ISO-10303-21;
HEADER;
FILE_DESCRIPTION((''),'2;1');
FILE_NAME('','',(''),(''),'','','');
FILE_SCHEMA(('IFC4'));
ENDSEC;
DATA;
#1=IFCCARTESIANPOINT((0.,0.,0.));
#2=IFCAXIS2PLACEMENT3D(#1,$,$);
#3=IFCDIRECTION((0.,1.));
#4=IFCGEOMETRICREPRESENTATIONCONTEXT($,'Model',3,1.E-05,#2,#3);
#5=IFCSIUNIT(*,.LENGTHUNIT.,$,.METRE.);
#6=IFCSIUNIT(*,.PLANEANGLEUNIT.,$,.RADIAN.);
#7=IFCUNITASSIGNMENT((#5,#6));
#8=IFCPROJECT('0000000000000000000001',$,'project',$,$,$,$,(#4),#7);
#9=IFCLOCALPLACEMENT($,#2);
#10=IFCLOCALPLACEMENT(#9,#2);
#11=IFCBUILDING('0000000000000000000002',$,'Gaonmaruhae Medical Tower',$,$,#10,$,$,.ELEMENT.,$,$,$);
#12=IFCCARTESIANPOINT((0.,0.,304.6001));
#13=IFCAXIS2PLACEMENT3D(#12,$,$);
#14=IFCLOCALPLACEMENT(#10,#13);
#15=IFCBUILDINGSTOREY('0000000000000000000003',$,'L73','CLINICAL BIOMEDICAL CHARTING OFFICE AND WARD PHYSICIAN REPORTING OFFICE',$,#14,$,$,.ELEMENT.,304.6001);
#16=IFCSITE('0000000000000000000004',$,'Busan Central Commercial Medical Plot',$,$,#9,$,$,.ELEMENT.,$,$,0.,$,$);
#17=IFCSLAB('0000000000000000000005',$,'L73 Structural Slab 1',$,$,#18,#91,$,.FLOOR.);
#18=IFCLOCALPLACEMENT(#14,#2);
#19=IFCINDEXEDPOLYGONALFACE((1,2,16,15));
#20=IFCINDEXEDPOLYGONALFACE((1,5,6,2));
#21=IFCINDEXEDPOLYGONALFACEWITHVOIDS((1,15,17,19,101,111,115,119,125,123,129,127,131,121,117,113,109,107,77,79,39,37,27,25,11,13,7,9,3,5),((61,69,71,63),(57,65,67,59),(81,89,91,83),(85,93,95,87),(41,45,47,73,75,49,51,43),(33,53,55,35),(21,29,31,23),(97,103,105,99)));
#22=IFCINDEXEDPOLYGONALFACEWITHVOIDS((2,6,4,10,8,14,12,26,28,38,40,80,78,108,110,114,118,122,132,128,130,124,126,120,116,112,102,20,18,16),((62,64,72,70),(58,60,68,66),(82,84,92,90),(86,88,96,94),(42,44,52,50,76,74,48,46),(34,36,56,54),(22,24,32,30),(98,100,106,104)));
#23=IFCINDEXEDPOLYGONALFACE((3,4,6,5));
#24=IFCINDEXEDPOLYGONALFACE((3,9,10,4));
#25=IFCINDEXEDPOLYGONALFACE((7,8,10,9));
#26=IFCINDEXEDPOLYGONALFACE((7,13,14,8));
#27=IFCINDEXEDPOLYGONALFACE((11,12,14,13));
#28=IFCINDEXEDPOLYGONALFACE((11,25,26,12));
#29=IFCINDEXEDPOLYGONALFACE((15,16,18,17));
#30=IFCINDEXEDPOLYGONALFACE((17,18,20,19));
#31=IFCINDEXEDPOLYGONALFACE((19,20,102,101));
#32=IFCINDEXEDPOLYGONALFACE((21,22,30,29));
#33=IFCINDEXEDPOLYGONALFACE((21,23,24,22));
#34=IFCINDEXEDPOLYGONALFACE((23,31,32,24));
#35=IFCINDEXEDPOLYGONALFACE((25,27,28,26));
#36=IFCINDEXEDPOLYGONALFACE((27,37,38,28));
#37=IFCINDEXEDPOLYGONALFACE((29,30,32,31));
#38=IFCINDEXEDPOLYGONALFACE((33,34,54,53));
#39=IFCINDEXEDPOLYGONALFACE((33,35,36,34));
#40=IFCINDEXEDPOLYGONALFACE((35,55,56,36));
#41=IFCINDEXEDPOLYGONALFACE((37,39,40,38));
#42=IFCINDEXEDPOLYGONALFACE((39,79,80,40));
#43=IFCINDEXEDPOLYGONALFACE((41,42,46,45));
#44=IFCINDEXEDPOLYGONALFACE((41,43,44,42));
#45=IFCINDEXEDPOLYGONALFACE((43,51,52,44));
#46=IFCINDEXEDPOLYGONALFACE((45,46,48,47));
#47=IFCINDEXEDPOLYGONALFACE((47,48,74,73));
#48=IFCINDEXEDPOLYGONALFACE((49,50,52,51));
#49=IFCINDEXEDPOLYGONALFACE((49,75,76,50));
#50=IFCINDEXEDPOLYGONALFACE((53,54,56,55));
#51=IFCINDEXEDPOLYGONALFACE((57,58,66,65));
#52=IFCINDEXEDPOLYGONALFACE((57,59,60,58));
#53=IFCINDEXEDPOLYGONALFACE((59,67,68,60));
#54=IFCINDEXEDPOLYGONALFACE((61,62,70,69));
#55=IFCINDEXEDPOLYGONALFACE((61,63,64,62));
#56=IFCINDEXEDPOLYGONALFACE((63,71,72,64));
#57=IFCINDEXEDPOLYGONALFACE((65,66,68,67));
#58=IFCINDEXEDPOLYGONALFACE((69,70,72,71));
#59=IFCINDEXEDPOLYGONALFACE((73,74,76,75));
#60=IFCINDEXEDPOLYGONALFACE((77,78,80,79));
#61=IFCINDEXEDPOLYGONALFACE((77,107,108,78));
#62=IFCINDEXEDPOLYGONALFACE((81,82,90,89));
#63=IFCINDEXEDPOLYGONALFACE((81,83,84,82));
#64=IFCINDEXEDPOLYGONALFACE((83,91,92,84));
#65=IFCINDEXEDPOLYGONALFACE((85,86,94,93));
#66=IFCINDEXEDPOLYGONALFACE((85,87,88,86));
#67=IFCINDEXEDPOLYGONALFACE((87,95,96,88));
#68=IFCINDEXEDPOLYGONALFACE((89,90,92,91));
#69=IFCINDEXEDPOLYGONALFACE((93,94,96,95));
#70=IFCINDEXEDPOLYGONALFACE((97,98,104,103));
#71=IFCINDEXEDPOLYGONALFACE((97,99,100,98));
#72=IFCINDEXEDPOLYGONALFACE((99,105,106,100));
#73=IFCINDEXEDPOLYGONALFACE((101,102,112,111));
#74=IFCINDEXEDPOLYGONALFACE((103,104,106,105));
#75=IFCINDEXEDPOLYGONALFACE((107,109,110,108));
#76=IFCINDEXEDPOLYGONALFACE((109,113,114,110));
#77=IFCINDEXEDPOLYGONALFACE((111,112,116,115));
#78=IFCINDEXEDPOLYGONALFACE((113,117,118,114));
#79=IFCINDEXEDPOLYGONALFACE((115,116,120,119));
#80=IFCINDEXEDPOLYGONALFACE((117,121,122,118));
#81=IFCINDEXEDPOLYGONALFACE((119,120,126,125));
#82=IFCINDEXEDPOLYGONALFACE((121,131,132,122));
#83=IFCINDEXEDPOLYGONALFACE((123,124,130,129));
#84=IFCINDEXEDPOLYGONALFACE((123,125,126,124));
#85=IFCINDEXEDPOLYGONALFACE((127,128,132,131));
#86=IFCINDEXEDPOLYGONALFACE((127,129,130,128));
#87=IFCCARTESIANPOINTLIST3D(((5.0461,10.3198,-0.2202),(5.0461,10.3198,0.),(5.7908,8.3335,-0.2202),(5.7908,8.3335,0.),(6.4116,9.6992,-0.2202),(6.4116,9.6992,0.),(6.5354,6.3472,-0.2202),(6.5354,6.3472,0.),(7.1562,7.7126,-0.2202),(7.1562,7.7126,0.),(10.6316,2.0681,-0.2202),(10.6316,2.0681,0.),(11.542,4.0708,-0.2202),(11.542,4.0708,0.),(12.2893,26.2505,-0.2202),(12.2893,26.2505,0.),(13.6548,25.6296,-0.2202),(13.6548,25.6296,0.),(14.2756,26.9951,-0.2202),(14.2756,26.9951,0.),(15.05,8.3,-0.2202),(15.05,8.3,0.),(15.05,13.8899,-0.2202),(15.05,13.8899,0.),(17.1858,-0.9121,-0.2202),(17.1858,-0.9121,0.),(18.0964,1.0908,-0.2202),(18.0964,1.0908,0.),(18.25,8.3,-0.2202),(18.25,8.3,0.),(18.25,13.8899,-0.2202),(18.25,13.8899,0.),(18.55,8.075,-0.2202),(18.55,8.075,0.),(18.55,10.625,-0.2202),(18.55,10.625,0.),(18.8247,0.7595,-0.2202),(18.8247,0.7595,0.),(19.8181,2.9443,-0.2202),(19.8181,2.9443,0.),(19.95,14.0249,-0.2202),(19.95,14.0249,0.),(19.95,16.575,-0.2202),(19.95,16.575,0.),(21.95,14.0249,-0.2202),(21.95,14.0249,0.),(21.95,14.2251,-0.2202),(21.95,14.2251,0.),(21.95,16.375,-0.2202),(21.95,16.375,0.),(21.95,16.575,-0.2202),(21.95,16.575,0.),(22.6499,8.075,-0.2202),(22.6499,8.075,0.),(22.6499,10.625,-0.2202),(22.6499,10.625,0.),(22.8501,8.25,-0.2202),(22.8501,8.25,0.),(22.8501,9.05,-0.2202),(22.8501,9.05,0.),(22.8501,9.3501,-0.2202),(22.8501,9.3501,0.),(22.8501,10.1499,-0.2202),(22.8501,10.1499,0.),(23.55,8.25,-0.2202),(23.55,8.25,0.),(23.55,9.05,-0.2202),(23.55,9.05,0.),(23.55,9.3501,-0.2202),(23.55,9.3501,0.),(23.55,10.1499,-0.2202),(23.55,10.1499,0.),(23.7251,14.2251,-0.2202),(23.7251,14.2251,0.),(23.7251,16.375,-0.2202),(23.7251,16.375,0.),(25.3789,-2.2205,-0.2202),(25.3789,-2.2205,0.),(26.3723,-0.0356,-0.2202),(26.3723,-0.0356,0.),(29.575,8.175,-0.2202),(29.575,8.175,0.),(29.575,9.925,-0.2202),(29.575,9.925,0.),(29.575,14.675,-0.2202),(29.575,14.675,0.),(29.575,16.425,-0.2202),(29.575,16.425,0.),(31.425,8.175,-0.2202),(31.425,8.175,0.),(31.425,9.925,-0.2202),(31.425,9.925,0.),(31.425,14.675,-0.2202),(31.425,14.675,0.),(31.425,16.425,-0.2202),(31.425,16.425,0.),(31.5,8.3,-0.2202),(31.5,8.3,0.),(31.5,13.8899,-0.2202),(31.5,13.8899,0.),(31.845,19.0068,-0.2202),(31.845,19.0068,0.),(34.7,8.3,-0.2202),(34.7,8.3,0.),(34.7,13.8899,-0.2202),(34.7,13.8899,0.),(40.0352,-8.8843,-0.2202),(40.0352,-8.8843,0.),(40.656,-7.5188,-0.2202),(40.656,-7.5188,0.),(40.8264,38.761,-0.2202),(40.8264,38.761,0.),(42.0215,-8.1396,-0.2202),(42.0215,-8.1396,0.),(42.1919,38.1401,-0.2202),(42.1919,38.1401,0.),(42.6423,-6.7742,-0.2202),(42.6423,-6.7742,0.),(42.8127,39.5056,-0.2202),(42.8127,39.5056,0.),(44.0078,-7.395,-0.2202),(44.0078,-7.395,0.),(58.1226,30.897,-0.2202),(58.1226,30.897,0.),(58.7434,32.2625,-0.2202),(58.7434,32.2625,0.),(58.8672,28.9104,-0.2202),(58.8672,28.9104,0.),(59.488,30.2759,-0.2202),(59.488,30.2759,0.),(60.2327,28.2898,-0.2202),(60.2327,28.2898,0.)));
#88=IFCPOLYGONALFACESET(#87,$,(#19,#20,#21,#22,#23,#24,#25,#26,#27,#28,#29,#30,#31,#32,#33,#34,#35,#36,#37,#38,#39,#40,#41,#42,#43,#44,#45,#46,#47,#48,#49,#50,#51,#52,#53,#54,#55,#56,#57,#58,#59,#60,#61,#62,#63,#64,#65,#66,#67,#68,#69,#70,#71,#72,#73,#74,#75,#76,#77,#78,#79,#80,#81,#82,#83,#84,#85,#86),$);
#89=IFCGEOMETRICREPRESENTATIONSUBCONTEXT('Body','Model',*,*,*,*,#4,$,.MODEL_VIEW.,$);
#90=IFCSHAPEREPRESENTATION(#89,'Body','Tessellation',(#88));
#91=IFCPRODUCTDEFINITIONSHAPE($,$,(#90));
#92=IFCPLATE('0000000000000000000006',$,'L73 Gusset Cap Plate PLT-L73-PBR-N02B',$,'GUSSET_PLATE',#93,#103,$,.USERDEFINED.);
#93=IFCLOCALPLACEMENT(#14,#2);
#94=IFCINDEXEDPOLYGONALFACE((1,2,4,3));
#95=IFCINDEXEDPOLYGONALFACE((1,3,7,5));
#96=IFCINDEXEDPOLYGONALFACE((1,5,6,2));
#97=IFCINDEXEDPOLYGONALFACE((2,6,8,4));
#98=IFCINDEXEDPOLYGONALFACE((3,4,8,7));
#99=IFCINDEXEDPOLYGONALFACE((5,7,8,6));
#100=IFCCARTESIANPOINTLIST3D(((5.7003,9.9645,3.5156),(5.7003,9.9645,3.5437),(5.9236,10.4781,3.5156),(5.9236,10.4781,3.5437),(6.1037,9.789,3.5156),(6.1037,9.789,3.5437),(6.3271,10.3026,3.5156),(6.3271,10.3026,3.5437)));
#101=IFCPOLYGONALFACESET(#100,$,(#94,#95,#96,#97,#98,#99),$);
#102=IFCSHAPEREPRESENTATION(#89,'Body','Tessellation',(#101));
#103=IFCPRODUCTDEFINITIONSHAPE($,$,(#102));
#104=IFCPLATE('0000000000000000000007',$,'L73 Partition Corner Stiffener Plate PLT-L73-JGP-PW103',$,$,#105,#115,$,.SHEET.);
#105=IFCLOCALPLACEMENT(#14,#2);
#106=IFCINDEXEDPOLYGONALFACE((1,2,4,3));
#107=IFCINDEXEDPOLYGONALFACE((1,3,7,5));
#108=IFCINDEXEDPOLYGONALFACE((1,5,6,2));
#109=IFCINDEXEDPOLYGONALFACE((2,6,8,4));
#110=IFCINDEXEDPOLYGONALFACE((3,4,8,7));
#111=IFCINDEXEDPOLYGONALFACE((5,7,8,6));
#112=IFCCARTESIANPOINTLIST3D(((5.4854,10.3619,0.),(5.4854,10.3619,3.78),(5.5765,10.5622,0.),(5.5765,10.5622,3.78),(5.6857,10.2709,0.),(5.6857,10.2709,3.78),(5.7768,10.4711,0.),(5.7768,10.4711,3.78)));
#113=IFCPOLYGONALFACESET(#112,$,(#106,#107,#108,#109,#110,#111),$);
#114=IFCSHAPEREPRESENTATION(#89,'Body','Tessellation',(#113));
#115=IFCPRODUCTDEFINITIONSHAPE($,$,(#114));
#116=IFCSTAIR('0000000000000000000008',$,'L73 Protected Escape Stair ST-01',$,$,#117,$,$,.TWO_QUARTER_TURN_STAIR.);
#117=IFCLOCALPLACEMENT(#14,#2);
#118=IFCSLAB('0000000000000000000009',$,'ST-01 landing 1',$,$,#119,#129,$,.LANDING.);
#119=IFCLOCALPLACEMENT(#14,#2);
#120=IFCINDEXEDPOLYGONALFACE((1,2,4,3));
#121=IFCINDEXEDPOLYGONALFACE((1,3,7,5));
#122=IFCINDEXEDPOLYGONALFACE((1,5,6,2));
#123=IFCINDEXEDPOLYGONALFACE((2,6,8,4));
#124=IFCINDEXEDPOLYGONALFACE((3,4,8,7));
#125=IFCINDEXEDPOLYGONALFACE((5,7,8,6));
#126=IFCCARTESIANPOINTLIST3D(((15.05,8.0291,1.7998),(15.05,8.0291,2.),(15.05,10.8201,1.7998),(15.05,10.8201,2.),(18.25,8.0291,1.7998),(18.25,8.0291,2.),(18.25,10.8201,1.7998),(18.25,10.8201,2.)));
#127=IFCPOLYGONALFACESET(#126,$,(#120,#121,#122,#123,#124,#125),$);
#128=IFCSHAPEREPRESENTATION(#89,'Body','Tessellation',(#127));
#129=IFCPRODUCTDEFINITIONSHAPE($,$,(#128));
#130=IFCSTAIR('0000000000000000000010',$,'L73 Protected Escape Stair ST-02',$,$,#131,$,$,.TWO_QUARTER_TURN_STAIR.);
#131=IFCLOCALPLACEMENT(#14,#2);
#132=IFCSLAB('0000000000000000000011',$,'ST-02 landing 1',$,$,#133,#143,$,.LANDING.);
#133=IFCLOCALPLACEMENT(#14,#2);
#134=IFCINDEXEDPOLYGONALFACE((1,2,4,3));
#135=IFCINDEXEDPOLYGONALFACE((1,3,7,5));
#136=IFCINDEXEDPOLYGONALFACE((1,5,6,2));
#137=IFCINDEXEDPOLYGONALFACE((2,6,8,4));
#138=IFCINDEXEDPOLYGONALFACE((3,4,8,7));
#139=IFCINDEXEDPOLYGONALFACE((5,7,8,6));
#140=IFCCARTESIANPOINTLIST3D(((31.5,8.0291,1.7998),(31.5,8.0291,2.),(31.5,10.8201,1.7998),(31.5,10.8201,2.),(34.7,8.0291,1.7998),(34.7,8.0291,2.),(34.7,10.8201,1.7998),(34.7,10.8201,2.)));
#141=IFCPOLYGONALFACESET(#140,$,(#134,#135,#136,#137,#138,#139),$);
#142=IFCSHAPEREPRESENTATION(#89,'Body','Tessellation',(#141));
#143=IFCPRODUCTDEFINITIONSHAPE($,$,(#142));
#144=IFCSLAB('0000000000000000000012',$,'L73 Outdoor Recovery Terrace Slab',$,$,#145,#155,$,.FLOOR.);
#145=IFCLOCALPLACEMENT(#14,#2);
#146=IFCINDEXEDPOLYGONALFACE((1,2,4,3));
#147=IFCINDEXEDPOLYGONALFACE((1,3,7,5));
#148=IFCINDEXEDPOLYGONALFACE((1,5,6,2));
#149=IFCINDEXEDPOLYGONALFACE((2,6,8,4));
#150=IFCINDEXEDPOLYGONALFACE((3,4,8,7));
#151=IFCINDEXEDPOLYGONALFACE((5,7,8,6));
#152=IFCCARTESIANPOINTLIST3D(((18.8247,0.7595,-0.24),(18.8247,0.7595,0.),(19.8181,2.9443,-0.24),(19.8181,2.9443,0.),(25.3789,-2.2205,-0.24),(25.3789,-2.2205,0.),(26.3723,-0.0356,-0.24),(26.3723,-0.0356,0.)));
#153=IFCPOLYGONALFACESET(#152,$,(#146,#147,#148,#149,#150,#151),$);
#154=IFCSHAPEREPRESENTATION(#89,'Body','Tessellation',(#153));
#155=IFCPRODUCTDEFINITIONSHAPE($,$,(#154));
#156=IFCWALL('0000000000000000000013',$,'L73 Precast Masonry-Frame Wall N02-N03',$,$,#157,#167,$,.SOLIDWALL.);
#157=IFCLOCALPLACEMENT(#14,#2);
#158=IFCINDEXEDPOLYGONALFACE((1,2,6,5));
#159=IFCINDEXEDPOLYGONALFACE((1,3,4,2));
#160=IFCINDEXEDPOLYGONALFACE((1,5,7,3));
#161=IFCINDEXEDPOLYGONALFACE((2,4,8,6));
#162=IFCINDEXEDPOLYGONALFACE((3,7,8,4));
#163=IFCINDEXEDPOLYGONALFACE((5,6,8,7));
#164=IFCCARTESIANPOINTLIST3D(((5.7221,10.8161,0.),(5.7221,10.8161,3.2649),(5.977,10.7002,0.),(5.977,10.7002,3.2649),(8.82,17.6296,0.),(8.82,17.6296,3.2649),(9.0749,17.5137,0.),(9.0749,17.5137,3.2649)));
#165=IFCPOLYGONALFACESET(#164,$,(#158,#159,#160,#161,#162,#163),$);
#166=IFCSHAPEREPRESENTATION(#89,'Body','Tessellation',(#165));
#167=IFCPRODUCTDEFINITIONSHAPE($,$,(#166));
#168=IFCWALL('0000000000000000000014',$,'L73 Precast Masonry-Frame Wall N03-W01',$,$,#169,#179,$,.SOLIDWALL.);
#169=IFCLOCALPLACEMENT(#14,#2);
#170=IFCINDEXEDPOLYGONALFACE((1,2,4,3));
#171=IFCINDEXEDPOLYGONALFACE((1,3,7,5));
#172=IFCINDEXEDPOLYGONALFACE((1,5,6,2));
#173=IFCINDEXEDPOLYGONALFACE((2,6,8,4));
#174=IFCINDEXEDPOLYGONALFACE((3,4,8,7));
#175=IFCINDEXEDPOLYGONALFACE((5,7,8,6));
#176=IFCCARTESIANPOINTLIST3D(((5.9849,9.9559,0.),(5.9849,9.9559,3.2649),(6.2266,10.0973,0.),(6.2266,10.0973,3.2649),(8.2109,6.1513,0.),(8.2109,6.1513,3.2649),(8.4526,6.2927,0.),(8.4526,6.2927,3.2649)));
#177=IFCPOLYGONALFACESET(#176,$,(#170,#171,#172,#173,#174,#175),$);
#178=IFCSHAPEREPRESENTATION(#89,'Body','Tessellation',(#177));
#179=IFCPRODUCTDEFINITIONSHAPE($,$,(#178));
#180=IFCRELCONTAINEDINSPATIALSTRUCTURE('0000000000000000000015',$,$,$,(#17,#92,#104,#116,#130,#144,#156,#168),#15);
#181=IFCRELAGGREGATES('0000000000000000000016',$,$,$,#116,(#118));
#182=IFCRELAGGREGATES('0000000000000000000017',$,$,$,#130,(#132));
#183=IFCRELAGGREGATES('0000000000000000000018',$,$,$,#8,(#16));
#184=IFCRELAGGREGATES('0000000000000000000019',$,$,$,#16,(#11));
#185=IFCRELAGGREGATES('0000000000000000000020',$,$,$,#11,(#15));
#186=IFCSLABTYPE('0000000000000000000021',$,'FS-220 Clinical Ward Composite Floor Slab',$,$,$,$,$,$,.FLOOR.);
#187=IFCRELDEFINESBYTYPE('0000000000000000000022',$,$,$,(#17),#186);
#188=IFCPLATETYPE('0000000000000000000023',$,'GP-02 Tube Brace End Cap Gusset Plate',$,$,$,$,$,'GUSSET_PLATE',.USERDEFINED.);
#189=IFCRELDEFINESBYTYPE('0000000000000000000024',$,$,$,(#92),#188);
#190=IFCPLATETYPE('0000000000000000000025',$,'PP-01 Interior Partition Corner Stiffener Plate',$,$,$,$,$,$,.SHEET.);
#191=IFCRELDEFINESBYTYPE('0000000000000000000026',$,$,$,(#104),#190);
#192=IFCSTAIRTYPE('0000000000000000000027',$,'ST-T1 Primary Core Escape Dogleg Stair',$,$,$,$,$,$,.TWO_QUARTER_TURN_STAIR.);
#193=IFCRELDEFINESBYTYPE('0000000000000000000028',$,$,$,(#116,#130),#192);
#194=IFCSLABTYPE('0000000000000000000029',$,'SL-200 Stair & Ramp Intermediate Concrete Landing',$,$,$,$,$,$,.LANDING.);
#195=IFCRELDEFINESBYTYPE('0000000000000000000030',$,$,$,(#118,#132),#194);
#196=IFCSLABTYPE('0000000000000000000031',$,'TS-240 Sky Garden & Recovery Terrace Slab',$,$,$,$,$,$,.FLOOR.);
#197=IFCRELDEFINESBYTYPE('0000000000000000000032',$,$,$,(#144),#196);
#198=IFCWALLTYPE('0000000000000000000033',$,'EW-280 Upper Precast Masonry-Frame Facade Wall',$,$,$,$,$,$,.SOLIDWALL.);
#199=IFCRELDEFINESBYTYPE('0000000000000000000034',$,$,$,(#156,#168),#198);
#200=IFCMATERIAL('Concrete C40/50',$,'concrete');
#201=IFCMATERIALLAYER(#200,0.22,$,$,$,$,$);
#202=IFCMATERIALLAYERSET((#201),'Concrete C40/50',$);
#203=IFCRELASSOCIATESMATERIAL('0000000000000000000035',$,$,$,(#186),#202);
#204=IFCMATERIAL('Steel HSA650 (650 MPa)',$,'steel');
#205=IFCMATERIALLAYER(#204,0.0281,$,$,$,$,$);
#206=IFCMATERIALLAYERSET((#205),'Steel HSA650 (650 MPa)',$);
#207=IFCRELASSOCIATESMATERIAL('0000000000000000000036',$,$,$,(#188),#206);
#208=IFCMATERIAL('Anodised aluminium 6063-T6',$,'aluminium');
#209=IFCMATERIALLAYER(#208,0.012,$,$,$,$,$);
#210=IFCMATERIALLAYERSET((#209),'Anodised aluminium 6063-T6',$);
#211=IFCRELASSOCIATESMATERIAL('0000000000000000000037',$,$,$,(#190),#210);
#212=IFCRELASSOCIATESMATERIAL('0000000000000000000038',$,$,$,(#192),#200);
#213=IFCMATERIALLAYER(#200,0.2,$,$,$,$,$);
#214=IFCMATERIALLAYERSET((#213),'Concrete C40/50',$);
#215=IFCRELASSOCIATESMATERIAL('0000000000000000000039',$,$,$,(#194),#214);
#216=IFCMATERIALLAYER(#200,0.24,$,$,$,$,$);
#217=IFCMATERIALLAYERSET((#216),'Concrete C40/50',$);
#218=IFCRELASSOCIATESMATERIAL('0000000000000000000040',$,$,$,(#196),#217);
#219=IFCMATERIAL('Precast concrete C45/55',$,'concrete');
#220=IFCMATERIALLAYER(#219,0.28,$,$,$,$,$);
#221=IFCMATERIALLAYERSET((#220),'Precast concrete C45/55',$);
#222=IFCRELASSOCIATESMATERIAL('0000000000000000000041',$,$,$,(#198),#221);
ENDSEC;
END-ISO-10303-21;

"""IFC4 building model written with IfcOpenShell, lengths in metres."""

from ifc_helpers import new_model, si_unit, direction, frame, frame_2d, origin, origin_2d, place, context, subcontext, project, spatial, polyline, rectangle, outline, extrude, material, layer, layer_set, type_object, element, aggregate, save


model = new_model("IFC4")

# Units and contexts
model_context = context("Model", 3, precision=1e-05, world=origin(), true_north=direction((0.0, 1.0)))
body_context = subcontext(model_context, "Body", "Model", "MODEL_VIEW")
ifc_project = project(units=[si_unit("LENGTHUNIT", "METRE"), si_unit("PLANEANGLEUNIT", "RADIAN")], contexts=[model_context])

# Site, building, storey
site_placement = place(None, origin())
site = spatial("IfcSite", under=ifc_project, at=site_placement, Name="Busan Central Commercial Medical Plot", CompositionType="ELEMENT", RefElevation=0.0)
building_placement = place(site_placement, origin())
building = spatial("IfcBuilding", under=site, at=building_placement, Name="Gaonmaruhae Medical Tower", CompositionType="ELEMENT")
storey_placement = place(building_placement, frame((0.0, 0.0, 304.6001)))
storey = spatial("IfcBuildingStorey", under=building, at=storey_placement, Name="L73", Description="CLINICAL BIOMEDICAL CHARTING OFFICE AND WARD PHYSICIAN REPORTING OFFICE", CompositionType="ELEMENT", Elevation=304.6001)

# Slab
ifc_material_1 = material(Name="Concrete C40/50", Category="concrete")
ifc_layer_1 = layer(ifc_material_1, 0.22)
ifc_layer_set_1 = layer_set([ifc_layer_1], Name="Concrete C40/50")
slab_type_1 = type_object("IfcSlabType", Name="FS-220 Clinical Ward Composite Floor Slab", PredefinedType="FLOOR", material=ifc_layer_set_1)
slab_1_placement = place(storey_placement, frame((0.0, 0.0, -0.2202)))
element("IfcSlab", 1, at=slab_1_placement, inside=storey, type_object=slab_type_1, Name="L73 Structural Slab 1", PredefinedType="FLOOR", context=body_context, shape_type="SweptSolid", body=[
    extrude(outline(polyline([(7.1562, 7.7126), (5.7908, 8.3335), (6.4116, 9.6992), (5.0461, 10.3198), (12.2893, 26.2505), (13.6548, 25.6296), (14.2756, 26.9951), (31.845, 19.0068), (40.8264, 38.761), (42.1919, 38.1401), (42.8127, 39.5056), (58.7434, 32.2625), (58.1226, 30.897), (59.488, 30.2759), (58.8672, 28.9104), (60.2327, 28.2898), (44.0078, -7.395), (42.6423, -6.7742), (42.0215, -8.1396), (40.656, -7.5188), (40.0352, -8.8843), (25.3789, -2.2205), (26.3723, -0.0356), (19.8181, 2.9443), (18.8247, 0.7595), (18.0964, 1.0908), (17.1858, -0.9121), (10.6316, 2.0681), (11.542, 4.0708), (6.5354, 6.3472), (7.1562, 7.7126)]), holes=[polyline([(23.55, 8.25), (22.8501, 8.25), (22.8501, 9.05), (23.55, 9.05), (23.55, 8.25)]), polyline([(29.575, 9.925), (31.425, 9.925), (31.425, 8.175), (29.575, 8.175), (29.575, 9.925)]), polyline([(18.55, 10.625), (22.6499, 10.625), (22.6499, 8.075), (18.55, 8.075), (18.55, 10.625)]), polyline([(23.55, 9.3501), (22.8501, 9.3501), (22.8501, 10.1499), (23.55, 10.1499), (23.55, 9.3501)]), polyline([(15.05, 13.8899), (18.25, 13.8899), (18.25, 8.3), (15.05, 8.3), (15.05, 13.8899)]), polyline([(31.5, 13.8899), (34.7, 13.8899), (34.7, 8.3), (31.5, 8.3), (31.5, 13.8899)]), polyline([(23.7251, 14.2251), (21.95, 14.2251), (21.95, 14.0249), (19.95, 14.0249), (19.95, 16.575), (21.95, 16.575), (21.95, 16.375), (23.7251, 16.375), (23.7251, 14.2251)]), polyline([(31.425, 16.425), (31.425, 14.675), (29.575, 14.675), (29.575, 16.425), (31.425, 16.425)])]), origin(), (0.0, 0.0, 1.0), 0.2202),
])

# Plates
ifc_material_2 = material(Name="Steel HSA650 (650 MPa)", Category="steel")
ifc_layer_2 = layer(ifc_material_2, 0.0281)
ifc_layer_set_2 = layer_set([ifc_layer_2], Name="Steel HSA650 (650 MPa)")
plate_type_1 = type_object("IfcPlateType", Name="GP-02 Tube Brace End Cap Gusset Plate", ElementType="GUSSET_PLATE", PredefinedType="USERDEFINED", material=ifc_layer_set_2)
plate_1_placement = place(storey_placement, frame((6.0137, 10.1335, 3.5156), z_axis=(0.0, 0.0, 1.0), x_axis=(0.398749, 0.91706, 0.0)))
element("IfcPlate", 2, at=plate_1_placement, inside=storey, type_object=plate_type_1, Name="L73 Gusset Cap Plate PLT-L73-PBR-N02B", ObjectType="GUSSET_PLATE", PredefinedType="USERDEFINED", context=body_context, shape_type="SweptSolid", body=[
    extrude(rectangle(XDim=0.5601, YDim=0.4399, at=origin_2d()), origin(), (0.0, 0.0, 1.0), 0.0281),
])
ifc_material_3 = material(Name="Anodised aluminium 6063-T6", Category="aluminium")
ifc_layer_3 = layer(ifc_material_3, 0.012)
ifc_layer_set_3 = layer_set([ifc_layer_3], Name="Anodised aluminium 6063-T6")
plate_type_2 = type_object("IfcPlateType", Name="PP-01 Interior Partition Corner Stiffener Plate", PredefinedType="SHEET", material=ifc_layer_set_3)
plate_2_placement = place(storey_placement, frame((5.6311, 10.4165, 0.0), z_axis=(0.0, 0.0, 1.0), x_axis=(-0.910258, 0.414042, 0.0)))
element("IfcPlate", 3, at=plate_2_placement, inside=storey, type_object=plate_type_2, Name="L73 Partition Corner Stiffener Plate PLT-L73-JGP-PW103", PredefinedType="SHEET", context=body_context, shape_type="SweptSolid", body=[
    extrude(rectangle(XDim=0.22, YDim=0.22, at=origin_2d()), origin(), (0.0, 0.0, 1.0), 3.78),
])

# Stairs, slabs
stair_type = type_object("IfcStairType", Name="ST-T1 Primary Core Escape Dogleg Stair", PredefinedType="TWO_QUARTER_TURN_STAIR", material=ifc_material_1)
stair_1_placement = place(storey_placement, origin())
stair_1 = element("IfcStair", 4, at=stair_1_placement, inside=storey, type_object=stair_type, Name="L73 Protected Escape Stair ST-01", PredefinedType="TWO_QUARTER_TURN_STAIR")
ifc_layer_4 = layer(ifc_material_1, 0.2)
ifc_layer_set_4 = layer_set([ifc_layer_4], Name="Concrete C40/50")
slab_type_2 = type_object("IfcSlabType", Name="SL-200 Stair & Ramp Intermediate Concrete Landing", PredefinedType="LANDING", material=ifc_layer_set_4)
slab_2_placement = place(storey_placement, frame((0.0, 0.0, 1.7998)))
slab_2 = element("IfcSlab", 5, at=slab_2_placement, type_object=slab_type_2, Name="ST-01 landing 1", PredefinedType="LANDING", context=body_context, shape_type="SweptSolid", body=[
    extrude(outline(polyline([(15.05, 10.8201), (15.05, 8.0291), (18.25, 8.0291), (18.25, 10.8201), (15.05, 10.8201)])), origin(), (0.0, 0.0, 1.0), 0.2002),
])
aggregate(stair_1, [slab_2])
stair_2_placement = place(storey_placement, origin())
stair_2 = element("IfcStair", 6, at=stair_2_placement, inside=storey, type_object=stair_type, Name="L73 Protected Escape Stair ST-02", PredefinedType="TWO_QUARTER_TURN_STAIR")
slab_3_placement = place(storey_placement, frame((0.0, 0.0, 1.7998)))
slab_3 = element("IfcSlab", 7, at=slab_3_placement, type_object=slab_type_2, Name="ST-02 landing 1", PredefinedType="LANDING", context=body_context, shape_type="SweptSolid", body=[
    extrude(outline(polyline([(31.5, 10.8201), (31.5, 8.0291), (34.7, 8.0291), (34.7, 10.8201), (31.5, 10.8201)])), origin(), (0.0, 0.0, 1.0), 0.2002),
])
aggregate(stair_2, [slab_3])

# Slab
ifc_layer_5 = layer(ifc_material_1, 0.24)
ifc_layer_set_5 = layer_set([ifc_layer_5], Name="Concrete C40/50")
slab_type_3 = type_object("IfcSlabType", Name="TS-240 Sky Garden & Recovery Terrace Slab", PredefinedType="FLOOR", material=ifc_layer_set_5)
slab_4_placement = place(storey_placement, frame((0.0, 0.0, -0.24)))
element("IfcSlab", 8, at=slab_4_placement, inside=storey, type_object=slab_type_3, Name="L73 Outdoor Recovery Terrace Slab", PredefinedType="FLOOR", context=body_context, shape_type="SweptSolid", body=[
    extrude(outline(polyline([(25.3789, -2.2205), (26.3723, -0.0356), (19.8181, 2.9443), (18.8247, 0.7595), (25.3789, -2.2205)])), origin(), (0.0, 0.0, 1.0), 0.24),
])

# Walls
ifc_material_4 = material(Name="Precast concrete C45/55", Category="concrete")
ifc_layer_6 = layer(ifc_material_4, 0.28)
ifc_layer_set_6 = layer_set([ifc_layer_6], Name="Precast concrete C45/55")
wall_type_1 = type_object("IfcWallType", Name="EW-280 Upper Precast Masonry-Frame Facade Wall", PredefinedType="SOLIDWALL", material=ifc_layer_set_6)
wall_1_placement = place(storey_placement, frame((5.8496, 10.7583, 0.0), z_axis=(0.0, 0.0, 1.0), x_axis=(0.413899, 0.910323, 0.0)))
element("IfcWall", 9, at=wall_1_placement, inside=storey, type_object=wall_type_1, Name="L73 Precast Masonry-Frame Wall N02-N03", PredefinedType="SOLIDWALL", context=body_context, shape_type="SweptSolid", body=[
    extrude(rectangle(XDim=7.4846, YDim=0.28, at=frame_2d((3.7422, 0.0))), origin(), (0.0, 0.0, 1.0), 3.2649),
])
wall_2_placement = place(storey_placement, frame((8.3318, 6.2219, 0.0), z_axis=(0.0, 0.0, 1.0), x_axis=(-0.505, 0.863119, 0.0)))
element("IfcWall", 10, at=wall_2_placement, inside=storey, type_object=wall_type_1, Name="L73 Precast Masonry-Frame Wall N03-W01", PredefinedType="SOLIDWALL", context=body_context, shape_type="SweptSolid", body=[
    extrude(rectangle(XDim=4.408, YDim=0.28, at=frame_2d((2.2041, 0.0))), origin(), (0.0, 0.0, 1.0), 3.2649),
])

save(model, "model.ifc")
